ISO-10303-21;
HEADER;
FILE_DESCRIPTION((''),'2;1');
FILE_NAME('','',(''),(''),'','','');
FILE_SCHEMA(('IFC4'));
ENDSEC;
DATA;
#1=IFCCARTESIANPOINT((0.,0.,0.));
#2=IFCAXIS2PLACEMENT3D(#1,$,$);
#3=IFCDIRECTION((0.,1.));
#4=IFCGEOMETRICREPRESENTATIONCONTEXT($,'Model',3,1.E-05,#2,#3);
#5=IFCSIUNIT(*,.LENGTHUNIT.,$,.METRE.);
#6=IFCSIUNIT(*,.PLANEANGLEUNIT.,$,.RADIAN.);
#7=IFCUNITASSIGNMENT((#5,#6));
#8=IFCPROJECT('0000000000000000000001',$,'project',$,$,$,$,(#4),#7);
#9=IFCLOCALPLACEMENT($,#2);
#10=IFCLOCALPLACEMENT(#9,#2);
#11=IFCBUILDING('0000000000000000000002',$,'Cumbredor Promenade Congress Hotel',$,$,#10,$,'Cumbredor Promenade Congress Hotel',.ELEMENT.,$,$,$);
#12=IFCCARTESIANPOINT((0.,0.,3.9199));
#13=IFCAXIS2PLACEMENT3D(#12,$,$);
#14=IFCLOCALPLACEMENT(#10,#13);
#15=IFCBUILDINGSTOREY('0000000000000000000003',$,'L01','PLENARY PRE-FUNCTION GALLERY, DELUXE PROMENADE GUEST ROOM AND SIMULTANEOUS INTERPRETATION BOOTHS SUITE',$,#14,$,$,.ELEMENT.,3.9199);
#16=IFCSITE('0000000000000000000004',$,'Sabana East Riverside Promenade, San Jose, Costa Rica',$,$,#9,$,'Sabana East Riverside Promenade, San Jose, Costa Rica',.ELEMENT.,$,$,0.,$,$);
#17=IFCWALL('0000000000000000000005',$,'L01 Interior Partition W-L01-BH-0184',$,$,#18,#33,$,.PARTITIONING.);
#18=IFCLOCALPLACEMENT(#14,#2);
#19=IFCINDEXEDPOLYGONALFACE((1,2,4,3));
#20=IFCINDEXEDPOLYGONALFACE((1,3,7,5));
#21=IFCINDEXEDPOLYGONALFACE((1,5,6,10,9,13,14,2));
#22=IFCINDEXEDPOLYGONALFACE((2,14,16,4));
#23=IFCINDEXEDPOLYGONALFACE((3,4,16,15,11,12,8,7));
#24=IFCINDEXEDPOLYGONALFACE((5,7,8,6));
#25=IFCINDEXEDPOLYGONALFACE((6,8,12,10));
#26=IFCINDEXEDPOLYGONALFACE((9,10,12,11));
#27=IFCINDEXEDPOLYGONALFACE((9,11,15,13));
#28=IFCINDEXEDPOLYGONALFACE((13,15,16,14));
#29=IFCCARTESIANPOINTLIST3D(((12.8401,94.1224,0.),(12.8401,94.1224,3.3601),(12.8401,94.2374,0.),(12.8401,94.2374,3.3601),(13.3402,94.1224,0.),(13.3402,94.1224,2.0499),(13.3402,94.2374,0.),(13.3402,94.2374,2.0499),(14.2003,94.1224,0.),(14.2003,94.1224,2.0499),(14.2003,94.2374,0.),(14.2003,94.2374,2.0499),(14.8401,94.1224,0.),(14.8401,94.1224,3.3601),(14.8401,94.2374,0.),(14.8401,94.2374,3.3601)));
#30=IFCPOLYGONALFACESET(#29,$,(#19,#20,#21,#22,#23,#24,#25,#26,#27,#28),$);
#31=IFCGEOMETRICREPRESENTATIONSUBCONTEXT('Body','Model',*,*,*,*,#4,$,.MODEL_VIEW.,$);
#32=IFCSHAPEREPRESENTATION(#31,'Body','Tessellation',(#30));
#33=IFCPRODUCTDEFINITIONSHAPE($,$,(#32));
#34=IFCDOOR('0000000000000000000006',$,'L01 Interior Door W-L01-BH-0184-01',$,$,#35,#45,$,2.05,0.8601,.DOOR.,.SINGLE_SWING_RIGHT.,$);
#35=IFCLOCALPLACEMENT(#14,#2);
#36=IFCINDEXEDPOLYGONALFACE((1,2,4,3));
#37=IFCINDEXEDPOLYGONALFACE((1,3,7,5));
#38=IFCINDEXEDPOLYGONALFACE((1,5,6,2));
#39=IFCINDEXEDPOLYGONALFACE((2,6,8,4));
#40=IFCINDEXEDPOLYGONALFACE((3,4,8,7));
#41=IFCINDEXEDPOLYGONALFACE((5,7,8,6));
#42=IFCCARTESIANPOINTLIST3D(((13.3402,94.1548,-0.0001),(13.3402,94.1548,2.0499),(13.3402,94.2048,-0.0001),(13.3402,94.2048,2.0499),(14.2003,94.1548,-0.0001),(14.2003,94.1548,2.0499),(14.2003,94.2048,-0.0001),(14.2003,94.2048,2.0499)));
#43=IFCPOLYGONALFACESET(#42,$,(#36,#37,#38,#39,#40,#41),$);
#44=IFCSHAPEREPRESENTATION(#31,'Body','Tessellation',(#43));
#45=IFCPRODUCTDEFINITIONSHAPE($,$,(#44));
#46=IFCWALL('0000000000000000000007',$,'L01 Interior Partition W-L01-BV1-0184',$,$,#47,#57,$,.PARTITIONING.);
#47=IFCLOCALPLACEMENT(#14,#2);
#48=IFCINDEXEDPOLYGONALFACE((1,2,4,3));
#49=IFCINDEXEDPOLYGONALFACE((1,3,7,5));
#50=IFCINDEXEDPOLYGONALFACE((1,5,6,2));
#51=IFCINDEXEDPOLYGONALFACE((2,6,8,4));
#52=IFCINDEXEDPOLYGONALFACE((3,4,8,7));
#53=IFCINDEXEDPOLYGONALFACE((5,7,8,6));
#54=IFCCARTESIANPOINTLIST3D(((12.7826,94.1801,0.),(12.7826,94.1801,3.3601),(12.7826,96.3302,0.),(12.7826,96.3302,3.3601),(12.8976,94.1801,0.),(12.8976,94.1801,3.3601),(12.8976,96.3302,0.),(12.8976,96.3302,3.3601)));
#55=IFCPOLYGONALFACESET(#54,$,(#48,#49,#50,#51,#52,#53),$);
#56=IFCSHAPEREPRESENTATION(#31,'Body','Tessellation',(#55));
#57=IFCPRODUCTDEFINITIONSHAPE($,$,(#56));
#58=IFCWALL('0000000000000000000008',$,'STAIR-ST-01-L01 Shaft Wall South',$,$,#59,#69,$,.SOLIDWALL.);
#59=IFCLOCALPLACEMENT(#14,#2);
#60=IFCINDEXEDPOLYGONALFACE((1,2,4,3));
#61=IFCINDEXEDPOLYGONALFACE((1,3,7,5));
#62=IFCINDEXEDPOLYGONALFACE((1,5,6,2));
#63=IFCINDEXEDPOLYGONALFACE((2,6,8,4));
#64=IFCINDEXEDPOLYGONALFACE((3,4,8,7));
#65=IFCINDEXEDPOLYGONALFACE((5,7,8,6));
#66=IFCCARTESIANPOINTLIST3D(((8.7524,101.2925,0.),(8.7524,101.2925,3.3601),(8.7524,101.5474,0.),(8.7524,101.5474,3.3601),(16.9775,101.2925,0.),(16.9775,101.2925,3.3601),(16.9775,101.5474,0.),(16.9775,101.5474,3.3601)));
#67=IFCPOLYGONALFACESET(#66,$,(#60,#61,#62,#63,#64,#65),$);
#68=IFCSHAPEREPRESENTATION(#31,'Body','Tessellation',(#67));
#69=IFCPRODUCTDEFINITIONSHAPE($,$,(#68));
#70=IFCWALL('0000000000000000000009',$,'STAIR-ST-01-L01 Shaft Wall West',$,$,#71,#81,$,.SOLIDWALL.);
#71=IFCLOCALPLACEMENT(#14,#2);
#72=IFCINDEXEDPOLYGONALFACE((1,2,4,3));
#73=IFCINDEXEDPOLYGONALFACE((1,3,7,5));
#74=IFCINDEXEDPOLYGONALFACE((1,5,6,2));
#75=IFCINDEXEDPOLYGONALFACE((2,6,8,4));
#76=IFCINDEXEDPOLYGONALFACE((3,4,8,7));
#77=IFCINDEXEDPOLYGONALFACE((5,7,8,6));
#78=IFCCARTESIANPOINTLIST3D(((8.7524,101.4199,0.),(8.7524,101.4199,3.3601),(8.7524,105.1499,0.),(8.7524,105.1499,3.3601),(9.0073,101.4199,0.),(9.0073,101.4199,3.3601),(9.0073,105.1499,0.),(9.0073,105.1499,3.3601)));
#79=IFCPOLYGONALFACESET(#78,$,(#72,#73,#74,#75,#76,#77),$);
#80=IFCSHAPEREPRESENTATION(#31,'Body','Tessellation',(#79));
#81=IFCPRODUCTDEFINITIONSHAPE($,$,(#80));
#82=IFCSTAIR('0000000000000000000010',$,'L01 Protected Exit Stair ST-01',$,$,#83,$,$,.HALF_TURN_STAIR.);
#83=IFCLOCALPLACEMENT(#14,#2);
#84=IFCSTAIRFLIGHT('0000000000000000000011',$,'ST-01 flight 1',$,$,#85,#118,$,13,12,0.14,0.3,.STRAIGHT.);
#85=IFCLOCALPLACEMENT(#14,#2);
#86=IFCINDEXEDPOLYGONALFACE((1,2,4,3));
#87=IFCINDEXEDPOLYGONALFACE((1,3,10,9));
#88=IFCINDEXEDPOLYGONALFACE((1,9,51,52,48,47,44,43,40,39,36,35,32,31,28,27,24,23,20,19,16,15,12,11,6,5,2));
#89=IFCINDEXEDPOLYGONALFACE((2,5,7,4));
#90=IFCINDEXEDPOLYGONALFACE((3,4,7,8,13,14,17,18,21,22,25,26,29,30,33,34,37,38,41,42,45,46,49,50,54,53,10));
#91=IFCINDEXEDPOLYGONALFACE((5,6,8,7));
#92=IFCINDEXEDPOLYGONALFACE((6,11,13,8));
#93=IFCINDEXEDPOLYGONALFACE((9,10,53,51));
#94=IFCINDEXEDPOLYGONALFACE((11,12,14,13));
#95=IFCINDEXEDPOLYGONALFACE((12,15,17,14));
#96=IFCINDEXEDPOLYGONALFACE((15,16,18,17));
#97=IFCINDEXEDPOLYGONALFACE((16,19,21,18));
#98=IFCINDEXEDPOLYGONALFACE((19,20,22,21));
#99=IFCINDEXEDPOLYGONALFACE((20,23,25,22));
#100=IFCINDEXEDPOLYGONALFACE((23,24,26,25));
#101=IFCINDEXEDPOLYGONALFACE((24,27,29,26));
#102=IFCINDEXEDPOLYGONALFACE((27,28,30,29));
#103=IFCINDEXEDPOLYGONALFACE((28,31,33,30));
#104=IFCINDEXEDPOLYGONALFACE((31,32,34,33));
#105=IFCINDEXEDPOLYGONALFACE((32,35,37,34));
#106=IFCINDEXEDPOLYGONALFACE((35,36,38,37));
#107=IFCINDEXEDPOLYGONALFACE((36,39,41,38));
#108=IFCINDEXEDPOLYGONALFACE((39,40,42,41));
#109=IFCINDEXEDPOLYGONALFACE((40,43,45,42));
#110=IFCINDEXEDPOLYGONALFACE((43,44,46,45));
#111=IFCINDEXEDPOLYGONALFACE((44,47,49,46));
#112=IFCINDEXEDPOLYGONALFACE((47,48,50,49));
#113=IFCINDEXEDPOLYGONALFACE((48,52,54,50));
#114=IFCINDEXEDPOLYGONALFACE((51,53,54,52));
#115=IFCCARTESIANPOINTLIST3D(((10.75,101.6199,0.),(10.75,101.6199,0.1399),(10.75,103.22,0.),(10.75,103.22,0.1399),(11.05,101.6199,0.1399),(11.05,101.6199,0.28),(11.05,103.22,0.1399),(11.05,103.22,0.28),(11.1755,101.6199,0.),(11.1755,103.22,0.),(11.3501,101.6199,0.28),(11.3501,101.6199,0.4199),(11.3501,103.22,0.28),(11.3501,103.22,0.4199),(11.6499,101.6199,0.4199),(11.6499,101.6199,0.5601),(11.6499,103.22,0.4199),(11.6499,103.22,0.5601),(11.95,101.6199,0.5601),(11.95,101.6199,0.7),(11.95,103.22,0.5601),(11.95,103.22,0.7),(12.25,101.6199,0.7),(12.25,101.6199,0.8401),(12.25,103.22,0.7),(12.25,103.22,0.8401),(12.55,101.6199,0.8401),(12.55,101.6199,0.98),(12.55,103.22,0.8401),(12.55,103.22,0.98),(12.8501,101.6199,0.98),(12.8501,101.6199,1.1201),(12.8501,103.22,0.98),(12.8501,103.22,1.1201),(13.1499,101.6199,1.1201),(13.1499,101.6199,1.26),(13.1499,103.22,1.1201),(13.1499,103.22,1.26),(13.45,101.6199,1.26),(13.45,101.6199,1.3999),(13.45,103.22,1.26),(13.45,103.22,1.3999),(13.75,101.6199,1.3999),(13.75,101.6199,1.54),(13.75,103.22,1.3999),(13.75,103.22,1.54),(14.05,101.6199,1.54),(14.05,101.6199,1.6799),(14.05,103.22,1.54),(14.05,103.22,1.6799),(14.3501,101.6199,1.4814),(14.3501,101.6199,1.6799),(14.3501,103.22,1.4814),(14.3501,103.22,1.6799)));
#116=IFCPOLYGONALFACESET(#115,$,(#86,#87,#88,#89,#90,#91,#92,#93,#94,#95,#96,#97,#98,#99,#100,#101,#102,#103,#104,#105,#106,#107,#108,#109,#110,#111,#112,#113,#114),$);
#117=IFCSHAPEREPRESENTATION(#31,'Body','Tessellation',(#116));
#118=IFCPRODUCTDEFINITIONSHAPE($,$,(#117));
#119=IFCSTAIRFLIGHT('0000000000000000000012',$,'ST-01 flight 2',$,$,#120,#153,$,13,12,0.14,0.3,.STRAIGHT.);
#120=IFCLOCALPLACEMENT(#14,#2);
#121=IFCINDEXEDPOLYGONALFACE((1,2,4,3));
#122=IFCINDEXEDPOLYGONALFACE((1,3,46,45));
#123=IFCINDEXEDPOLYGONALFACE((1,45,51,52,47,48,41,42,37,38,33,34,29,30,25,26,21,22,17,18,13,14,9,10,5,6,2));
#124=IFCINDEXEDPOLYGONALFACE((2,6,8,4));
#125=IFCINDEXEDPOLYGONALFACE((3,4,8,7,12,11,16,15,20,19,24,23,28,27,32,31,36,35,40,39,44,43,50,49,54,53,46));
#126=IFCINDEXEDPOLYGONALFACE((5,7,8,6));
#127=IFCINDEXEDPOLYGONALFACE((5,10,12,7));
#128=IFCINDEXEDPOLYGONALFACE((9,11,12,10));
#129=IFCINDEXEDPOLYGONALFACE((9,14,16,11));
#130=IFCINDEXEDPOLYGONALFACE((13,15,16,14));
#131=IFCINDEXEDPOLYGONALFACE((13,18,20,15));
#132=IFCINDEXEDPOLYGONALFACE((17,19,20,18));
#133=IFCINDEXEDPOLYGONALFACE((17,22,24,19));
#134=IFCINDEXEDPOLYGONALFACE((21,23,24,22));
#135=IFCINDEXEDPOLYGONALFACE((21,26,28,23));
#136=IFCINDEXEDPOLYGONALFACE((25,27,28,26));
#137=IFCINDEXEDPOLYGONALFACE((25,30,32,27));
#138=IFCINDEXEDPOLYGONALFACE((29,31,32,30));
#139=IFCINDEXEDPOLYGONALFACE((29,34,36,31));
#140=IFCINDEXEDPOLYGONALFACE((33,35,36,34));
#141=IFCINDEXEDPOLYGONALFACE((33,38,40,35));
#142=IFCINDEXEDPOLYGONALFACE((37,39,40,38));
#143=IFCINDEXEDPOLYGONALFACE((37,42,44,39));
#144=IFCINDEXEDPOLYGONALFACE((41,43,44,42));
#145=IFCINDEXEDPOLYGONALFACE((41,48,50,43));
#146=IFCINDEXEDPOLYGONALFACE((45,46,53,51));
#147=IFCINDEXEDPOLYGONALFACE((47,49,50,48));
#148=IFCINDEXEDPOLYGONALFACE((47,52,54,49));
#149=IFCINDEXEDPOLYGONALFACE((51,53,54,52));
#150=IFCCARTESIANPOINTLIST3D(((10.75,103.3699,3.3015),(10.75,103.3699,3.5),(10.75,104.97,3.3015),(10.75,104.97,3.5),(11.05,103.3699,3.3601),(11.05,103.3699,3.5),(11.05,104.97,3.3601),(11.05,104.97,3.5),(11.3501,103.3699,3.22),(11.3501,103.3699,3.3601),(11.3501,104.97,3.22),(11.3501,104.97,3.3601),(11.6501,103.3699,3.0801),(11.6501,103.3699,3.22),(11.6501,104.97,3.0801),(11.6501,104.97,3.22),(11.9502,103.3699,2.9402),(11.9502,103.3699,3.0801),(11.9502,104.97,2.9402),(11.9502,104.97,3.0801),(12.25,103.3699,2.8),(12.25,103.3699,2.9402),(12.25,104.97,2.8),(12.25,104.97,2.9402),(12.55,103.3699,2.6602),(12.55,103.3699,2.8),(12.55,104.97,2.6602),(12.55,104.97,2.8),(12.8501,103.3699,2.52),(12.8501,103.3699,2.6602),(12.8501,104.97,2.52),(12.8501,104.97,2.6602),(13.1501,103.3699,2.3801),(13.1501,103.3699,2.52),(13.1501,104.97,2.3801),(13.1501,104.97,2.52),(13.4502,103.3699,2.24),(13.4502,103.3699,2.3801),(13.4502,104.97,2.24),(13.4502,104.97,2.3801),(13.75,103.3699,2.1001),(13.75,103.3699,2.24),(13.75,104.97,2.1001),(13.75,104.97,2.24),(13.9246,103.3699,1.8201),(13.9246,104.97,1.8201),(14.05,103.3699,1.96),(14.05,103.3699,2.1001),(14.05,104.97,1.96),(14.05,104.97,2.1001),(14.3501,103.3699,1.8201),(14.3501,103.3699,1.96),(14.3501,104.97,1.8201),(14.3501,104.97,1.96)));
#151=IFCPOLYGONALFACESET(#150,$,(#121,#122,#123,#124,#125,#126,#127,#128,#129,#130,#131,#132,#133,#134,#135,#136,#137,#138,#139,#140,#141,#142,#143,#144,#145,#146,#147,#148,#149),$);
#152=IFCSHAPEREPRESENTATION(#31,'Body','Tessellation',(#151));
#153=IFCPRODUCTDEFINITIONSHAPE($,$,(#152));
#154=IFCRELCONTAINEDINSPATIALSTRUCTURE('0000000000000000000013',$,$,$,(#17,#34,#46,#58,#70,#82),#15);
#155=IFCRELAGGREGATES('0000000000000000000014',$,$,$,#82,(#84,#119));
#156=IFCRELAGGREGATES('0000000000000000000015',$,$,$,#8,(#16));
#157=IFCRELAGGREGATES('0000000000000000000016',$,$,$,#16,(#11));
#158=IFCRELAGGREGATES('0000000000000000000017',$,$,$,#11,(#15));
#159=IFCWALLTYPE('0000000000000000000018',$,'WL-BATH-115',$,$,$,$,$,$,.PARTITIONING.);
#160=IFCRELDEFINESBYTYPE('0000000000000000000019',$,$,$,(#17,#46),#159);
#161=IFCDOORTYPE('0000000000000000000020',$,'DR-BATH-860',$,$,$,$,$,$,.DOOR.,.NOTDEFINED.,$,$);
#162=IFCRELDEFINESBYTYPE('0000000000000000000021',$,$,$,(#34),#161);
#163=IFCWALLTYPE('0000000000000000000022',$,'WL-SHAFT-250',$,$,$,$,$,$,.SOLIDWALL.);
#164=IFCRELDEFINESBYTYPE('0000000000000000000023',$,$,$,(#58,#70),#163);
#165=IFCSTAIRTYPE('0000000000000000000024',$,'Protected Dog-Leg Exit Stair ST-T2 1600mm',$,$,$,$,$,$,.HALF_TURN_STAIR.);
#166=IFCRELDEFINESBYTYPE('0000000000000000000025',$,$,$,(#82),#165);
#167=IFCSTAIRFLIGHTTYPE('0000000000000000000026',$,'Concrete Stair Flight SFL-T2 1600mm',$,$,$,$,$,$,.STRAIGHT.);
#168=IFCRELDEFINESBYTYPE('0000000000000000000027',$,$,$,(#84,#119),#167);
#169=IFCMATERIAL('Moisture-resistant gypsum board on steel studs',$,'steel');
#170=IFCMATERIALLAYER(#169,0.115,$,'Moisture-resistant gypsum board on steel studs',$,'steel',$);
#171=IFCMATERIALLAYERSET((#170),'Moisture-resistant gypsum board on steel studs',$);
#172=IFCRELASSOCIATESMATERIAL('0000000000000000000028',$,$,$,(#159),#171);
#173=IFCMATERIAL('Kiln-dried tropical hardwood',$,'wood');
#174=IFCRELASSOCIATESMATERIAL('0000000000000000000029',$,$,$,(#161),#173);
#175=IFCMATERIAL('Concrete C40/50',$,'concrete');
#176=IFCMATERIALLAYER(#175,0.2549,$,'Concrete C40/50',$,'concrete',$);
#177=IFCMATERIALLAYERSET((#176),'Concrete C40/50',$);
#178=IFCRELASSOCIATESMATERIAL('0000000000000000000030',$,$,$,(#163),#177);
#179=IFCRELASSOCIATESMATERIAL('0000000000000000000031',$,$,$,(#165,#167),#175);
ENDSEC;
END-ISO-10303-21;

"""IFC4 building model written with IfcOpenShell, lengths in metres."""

from ifc_helpers import new_model, si_unit, direction, frame, frame_2d, origin, place, context, subcontext, project, spatial, polyline, rectangle, outline, extrude, material, layer, layer_set, type_object, element, fill, aggregate, save


model = new_model("IFC4")

# Units and contexts
model_context = context("Model", 3, precision=1e-05, world=origin(), true_north=direction((0.0, 1.0)))
body_context = subcontext(model_context, "Body", "Model", "MODEL_VIEW")
ifc_project = project(units=[si_unit("LENGTHUNIT", "METRE"), si_unit("PLANEANGLEUNIT", "RADIAN")], contexts=[model_context])

# Site, building, storey
site_placement = place(None, origin())
site = spatial("IfcSite", under=ifc_project, at=site_placement, Name="Sabana East Riverside Promenade, San Jose, Costa Rica", LongName="Sabana East Riverside Promenade, San Jose, Costa Rica", CompositionType="ELEMENT", RefElevation=0.0)
building_placement = place(site_placement, origin())
building = spatial("IfcBuilding", under=site, at=building_placement, Name="Cumbredor Promenade Congress Hotel", LongName="Cumbredor Promenade Congress Hotel", CompositionType="ELEMENT")
storey_placement = place(building_placement, frame((0.0, 0.0, 3.9199)))
storey = spatial("IfcBuildingStorey", under=building, at=storey_placement, Name="L01", Description="PLENARY PRE-FUNCTION GALLERY, DELUXE PROMENADE GUEST ROOM AND SIMULTANEOUS INTERPRETATION BOOTHS SUITE", CompositionType="ELEMENT", Elevation=3.9199)

# Shared definitions
ifc_material_1 = material(Name="Concrete C40/50", Category="concrete")

# Shared definitions
ifc_material_2 = material(Name="Moisture-resistant gypsum board on steel studs", Category="steel")
ifc_layer_1 = layer(ifc_material_2, 0.115, Name="Moisture-resistant gypsum board on steel studs", Category="steel")
ifc_layer_set_1 = layer_set([ifc_layer_1], Name="Moisture-resistant gypsum board on steel studs")
wall_type_1 = type_object("IfcWallType", Name="WL-BATH-115", PredefinedType="PARTITIONING", material=ifc_layer_set_1)
ifc_material_3 = material(Name="Kiln-dried tropical hardwood", Category="wood")
door_type_1 = type_object("IfcDoorType", Name="DR-BATH-860", OperationType="NOTDEFINED", PredefinedType="DOOR", material=ifc_material_3)

# Wall, opening, door
wall_1_placement = place(storey_placement, frame((12.8401, 94.1799, 0.0), z_axis=(0.0, 0.0, 1.0), x_axis=(1.0, 0.0, 0.0)))
wall_1 = element("IfcWall", 1, at=wall_1_placement, inside=storey, type_object=wall_type_1, Name="L01 Interior Partition W-L01-BH-0184", PredefinedType="PARTITIONING", context=body_context, shape_type="SweptSolid", body=[
    extrude(rectangle(XDim=2.0, YDim=0.115, at=frame_2d((1.0, 0.0))), origin(), (0.0, 0.0, 1.0), 3.3601),
])
opening_1_placement = place(wall_1_placement, frame((0.5, 0.0, 0.0)))
opening_1 = element("IfcOpeningElement", 2, at=opening_1_placement, cuts=wall_1, PredefinedType="OPENING", context=body_context, shape_type="SweptSolid", body=[
    extrude(rectangle(XDim=0.8601, YDim=2.05, at=frame_2d((0.4302, 1.0249))), frame((0.0, 0.0674, 0.0), z_axis=(0.0, -1.0, 0.0), x_axis=(1.0, 0.0, 0.0)), (0.0, 0.0, 1.0), 0.135),
])
door_1_placement = place(opening_1_placement, origin())
door_1 = element("IfcDoor", 3, at=door_1_placement, inside=storey, type_object=door_type_1, Name="L01 Interior Door W-L01-BH-0184-01", OperationType="SINGLE_SWING_RIGHT", OverallHeight=2.05, OverallWidth=0.8601, PredefinedType="DOOR", context=body_context, shape_type="SweptSolid", body=[
    extrude(rectangle(XDim=0.8601, YDim=2.05, at=frame_2d((0.4302, 1.0249))), frame((0.0, 0.0249, 0.0), z_axis=(0.0, -1.0, 0.0), x_axis=(1.0, 0.0, 0.0)), (0.0, 0.0, 1.0), 0.05),
])
fill(opening_1, door_1)

# Walls
wall_2_placement = place(storey_placement, frame((12.8401, 94.1799, 0.0), z_axis=(0.0, 0.0, 1.0), x_axis=(0.0, 1.0, 0.0)))
element("IfcWall", 4, at=wall_2_placement, inside=storey, type_object=wall_type_1, Name="L01 Interior Partition W-L01-BV1-0184", PredefinedType="PARTITIONING", context=body_context, shape_type="SweptSolid", body=[
    extrude(rectangle(XDim=2.1501, YDim=0.115, at=frame_2d((1.0752, 0.0))), origin(), (0.0, 0.0, 1.0), 3.3601),
])
ifc_layer_2 = layer(ifc_material_1, 0.2549, Name="Concrete C40/50", Category="concrete")
ifc_layer_set_2 = layer_set([ifc_layer_2], Name="Concrete C40/50")
wall_type_2 = type_object("IfcWallType", Name="WL-SHAFT-250", PredefinedType="SOLIDWALL", material=ifc_layer_set_2)
wall_3_placement = place(storey_placement, frame((8.7524, 101.4199, 0.0), z_axis=(0.0, 0.0, 1.0), x_axis=(1.0, 0.0, 0.0)))
element("IfcWall", 5, at=wall_3_placement, inside=storey, type_object=wall_type_2, Name="STAIR-ST-01-L01 Shaft Wall South", PredefinedType="SOLIDWALL", context=body_context, shape_type="SweptSolid", body=[
    extrude(rectangle(XDim=8.2251, YDim=0.2549, at=frame_2d((4.1125, 0.0))), origin(), (0.0, 0.0, 1.0), 3.3601),
])

# Wall
wall_4_placement = place(storey_placement, frame((8.8799, 101.4199, 0.0), z_axis=(0.0, 0.0, 1.0), x_axis=(0.0, 1.0, 0.0)))
element("IfcWall", 6, at=wall_4_placement, inside=storey, type_object=wall_type_2, Name="STAIR-ST-01-L01 Shaft Wall West", PredefinedType="SOLIDWALL", context=body_context, shape_type="SweptSolid", body=[
    extrude(rectangle(XDim=3.73, YDim=0.2549, at=frame_2d((1.865, 0.0))), origin(), (0.0, 0.0, 1.0), 3.3601),
])

# Stair, stair flights
stair_type = type_object("IfcStairType", Name="Protected Dog-Leg Exit Stair ST-T2 1600mm", PredefinedType="HALF_TURN_STAIR", material=ifc_material_1)
stair_placement = place(storey_placement, origin())
stair = element("IfcStair", 7, at=stair_placement, inside=storey, type_object=stair_type, Name="L01 Protected Exit Stair ST-01", PredefinedType="HALF_TURN_STAIR")
stair_flight_type = type_object("IfcStairFlightType", Name="Concrete Stair Flight SFL-T2 1600mm", PredefinedType="STRAIGHT", material=ifc_material_1)
stair_flight_1_placement = place(storey_placement, frame((10.75, 102.4199, 0.0), z_axis=(0.0, 0.0, 1.0), x_axis=(1.0, 0.0, 0.0)))
stair_flight_1 = element("IfcStairFlight", 8, at=stair_flight_1_placement, type_object=stair_flight_type, Name="ST-01 flight 1", NumberOfRisers=13, NumberOfTreads=12, PredefinedType="STRAIGHT", RiserHeight=0.14, TreadLength=0.3, context=body_context, shape_type="SweptSolid", body=[
    extrude(outline(polyline([(0.0, 0.0), (0.0, 0.1399), (0.3, 0.1399), (0.3, 0.28), (0.6001, 0.28), (0.6001, 0.4199), (0.8999, 0.4199), (0.8999, 0.5601), (1.2, 0.5601), (1.2, 0.7), (1.5, 0.7), (1.5, 0.8401), (1.8, 0.8401), (1.8, 0.98), (2.1001, 0.98), (2.1001, 1.1201), (2.3999, 1.1201), (2.3999, 1.26), (2.7, 1.26), (2.7, 1.3999), (3.0, 1.3999), (3.0, 1.54), (3.3, 1.54), (3.3, 1.6799), (3.6001, 1.6799), (3.6001, 1.8201), (3.6001, 1.4814), (0.4255, 0.0), (0.0, 0.0)])), frame((0.0, 0.8, 0.0), z_axis=(0.0, -1.0, 0.0), x_axis=(1.0, 0.0, 0.0)), (0.0, 0.0, 1.0), 1.6001),
])
stair_flight_2_placement = place(storey_placement, frame((14.3501, 104.1699, 1.8201), z_axis=(0.0, 0.0, 1.0), x_axis=(-1.0, 0.0, 0.0)))
stair_flight_2 = element("IfcStairFlight", 9, at=stair_flight_2_placement, type_object=stair_flight_type, Name="ST-01 flight 2", NumberOfRisers=13, NumberOfTreads=12, PredefinedType="STRAIGHT", RiserHeight=0.14, TreadLength=0.3, context=body_context, shape_type="SweptSolid", body=[
    extrude(outline(polyline([(0.0, 0.0), (0.0, 0.1399), (0.3, 0.1399), (0.3, 0.28), (0.6001, 0.28), (0.6001, 0.4199), (0.8999, 0.4199), (0.8999, 0.5601), (1.2, 0.5601), (1.2, 0.7), (1.5, 0.7), (1.5, 0.8401), (1.8, 0.8401), (1.8, 0.98), (2.1001, 0.98), (2.1001, 1.1201), (2.3999, 1.1201), (2.3999, 1.26), (2.7, 1.26), (2.7, 1.3999), (3.0, 1.3999), (3.0, 1.54), (3.3, 1.54), (3.3, 1.6799), (3.6001, 1.6799), (3.6001, 1.8201), (3.6001, 1.4814), (0.4255, 0.0), (0.0, 0.0)])), frame((0.0, 0.8, 0.0), z_axis=(0.0, -1.0, 0.0), x_axis=(1.0, 0.0, 0.0)), (0.0, 0.0, 1.0), 1.6001),
])
aggregate(stair, [stair_flight_1, stair_flight_2])

save(model, "model.ifc")
